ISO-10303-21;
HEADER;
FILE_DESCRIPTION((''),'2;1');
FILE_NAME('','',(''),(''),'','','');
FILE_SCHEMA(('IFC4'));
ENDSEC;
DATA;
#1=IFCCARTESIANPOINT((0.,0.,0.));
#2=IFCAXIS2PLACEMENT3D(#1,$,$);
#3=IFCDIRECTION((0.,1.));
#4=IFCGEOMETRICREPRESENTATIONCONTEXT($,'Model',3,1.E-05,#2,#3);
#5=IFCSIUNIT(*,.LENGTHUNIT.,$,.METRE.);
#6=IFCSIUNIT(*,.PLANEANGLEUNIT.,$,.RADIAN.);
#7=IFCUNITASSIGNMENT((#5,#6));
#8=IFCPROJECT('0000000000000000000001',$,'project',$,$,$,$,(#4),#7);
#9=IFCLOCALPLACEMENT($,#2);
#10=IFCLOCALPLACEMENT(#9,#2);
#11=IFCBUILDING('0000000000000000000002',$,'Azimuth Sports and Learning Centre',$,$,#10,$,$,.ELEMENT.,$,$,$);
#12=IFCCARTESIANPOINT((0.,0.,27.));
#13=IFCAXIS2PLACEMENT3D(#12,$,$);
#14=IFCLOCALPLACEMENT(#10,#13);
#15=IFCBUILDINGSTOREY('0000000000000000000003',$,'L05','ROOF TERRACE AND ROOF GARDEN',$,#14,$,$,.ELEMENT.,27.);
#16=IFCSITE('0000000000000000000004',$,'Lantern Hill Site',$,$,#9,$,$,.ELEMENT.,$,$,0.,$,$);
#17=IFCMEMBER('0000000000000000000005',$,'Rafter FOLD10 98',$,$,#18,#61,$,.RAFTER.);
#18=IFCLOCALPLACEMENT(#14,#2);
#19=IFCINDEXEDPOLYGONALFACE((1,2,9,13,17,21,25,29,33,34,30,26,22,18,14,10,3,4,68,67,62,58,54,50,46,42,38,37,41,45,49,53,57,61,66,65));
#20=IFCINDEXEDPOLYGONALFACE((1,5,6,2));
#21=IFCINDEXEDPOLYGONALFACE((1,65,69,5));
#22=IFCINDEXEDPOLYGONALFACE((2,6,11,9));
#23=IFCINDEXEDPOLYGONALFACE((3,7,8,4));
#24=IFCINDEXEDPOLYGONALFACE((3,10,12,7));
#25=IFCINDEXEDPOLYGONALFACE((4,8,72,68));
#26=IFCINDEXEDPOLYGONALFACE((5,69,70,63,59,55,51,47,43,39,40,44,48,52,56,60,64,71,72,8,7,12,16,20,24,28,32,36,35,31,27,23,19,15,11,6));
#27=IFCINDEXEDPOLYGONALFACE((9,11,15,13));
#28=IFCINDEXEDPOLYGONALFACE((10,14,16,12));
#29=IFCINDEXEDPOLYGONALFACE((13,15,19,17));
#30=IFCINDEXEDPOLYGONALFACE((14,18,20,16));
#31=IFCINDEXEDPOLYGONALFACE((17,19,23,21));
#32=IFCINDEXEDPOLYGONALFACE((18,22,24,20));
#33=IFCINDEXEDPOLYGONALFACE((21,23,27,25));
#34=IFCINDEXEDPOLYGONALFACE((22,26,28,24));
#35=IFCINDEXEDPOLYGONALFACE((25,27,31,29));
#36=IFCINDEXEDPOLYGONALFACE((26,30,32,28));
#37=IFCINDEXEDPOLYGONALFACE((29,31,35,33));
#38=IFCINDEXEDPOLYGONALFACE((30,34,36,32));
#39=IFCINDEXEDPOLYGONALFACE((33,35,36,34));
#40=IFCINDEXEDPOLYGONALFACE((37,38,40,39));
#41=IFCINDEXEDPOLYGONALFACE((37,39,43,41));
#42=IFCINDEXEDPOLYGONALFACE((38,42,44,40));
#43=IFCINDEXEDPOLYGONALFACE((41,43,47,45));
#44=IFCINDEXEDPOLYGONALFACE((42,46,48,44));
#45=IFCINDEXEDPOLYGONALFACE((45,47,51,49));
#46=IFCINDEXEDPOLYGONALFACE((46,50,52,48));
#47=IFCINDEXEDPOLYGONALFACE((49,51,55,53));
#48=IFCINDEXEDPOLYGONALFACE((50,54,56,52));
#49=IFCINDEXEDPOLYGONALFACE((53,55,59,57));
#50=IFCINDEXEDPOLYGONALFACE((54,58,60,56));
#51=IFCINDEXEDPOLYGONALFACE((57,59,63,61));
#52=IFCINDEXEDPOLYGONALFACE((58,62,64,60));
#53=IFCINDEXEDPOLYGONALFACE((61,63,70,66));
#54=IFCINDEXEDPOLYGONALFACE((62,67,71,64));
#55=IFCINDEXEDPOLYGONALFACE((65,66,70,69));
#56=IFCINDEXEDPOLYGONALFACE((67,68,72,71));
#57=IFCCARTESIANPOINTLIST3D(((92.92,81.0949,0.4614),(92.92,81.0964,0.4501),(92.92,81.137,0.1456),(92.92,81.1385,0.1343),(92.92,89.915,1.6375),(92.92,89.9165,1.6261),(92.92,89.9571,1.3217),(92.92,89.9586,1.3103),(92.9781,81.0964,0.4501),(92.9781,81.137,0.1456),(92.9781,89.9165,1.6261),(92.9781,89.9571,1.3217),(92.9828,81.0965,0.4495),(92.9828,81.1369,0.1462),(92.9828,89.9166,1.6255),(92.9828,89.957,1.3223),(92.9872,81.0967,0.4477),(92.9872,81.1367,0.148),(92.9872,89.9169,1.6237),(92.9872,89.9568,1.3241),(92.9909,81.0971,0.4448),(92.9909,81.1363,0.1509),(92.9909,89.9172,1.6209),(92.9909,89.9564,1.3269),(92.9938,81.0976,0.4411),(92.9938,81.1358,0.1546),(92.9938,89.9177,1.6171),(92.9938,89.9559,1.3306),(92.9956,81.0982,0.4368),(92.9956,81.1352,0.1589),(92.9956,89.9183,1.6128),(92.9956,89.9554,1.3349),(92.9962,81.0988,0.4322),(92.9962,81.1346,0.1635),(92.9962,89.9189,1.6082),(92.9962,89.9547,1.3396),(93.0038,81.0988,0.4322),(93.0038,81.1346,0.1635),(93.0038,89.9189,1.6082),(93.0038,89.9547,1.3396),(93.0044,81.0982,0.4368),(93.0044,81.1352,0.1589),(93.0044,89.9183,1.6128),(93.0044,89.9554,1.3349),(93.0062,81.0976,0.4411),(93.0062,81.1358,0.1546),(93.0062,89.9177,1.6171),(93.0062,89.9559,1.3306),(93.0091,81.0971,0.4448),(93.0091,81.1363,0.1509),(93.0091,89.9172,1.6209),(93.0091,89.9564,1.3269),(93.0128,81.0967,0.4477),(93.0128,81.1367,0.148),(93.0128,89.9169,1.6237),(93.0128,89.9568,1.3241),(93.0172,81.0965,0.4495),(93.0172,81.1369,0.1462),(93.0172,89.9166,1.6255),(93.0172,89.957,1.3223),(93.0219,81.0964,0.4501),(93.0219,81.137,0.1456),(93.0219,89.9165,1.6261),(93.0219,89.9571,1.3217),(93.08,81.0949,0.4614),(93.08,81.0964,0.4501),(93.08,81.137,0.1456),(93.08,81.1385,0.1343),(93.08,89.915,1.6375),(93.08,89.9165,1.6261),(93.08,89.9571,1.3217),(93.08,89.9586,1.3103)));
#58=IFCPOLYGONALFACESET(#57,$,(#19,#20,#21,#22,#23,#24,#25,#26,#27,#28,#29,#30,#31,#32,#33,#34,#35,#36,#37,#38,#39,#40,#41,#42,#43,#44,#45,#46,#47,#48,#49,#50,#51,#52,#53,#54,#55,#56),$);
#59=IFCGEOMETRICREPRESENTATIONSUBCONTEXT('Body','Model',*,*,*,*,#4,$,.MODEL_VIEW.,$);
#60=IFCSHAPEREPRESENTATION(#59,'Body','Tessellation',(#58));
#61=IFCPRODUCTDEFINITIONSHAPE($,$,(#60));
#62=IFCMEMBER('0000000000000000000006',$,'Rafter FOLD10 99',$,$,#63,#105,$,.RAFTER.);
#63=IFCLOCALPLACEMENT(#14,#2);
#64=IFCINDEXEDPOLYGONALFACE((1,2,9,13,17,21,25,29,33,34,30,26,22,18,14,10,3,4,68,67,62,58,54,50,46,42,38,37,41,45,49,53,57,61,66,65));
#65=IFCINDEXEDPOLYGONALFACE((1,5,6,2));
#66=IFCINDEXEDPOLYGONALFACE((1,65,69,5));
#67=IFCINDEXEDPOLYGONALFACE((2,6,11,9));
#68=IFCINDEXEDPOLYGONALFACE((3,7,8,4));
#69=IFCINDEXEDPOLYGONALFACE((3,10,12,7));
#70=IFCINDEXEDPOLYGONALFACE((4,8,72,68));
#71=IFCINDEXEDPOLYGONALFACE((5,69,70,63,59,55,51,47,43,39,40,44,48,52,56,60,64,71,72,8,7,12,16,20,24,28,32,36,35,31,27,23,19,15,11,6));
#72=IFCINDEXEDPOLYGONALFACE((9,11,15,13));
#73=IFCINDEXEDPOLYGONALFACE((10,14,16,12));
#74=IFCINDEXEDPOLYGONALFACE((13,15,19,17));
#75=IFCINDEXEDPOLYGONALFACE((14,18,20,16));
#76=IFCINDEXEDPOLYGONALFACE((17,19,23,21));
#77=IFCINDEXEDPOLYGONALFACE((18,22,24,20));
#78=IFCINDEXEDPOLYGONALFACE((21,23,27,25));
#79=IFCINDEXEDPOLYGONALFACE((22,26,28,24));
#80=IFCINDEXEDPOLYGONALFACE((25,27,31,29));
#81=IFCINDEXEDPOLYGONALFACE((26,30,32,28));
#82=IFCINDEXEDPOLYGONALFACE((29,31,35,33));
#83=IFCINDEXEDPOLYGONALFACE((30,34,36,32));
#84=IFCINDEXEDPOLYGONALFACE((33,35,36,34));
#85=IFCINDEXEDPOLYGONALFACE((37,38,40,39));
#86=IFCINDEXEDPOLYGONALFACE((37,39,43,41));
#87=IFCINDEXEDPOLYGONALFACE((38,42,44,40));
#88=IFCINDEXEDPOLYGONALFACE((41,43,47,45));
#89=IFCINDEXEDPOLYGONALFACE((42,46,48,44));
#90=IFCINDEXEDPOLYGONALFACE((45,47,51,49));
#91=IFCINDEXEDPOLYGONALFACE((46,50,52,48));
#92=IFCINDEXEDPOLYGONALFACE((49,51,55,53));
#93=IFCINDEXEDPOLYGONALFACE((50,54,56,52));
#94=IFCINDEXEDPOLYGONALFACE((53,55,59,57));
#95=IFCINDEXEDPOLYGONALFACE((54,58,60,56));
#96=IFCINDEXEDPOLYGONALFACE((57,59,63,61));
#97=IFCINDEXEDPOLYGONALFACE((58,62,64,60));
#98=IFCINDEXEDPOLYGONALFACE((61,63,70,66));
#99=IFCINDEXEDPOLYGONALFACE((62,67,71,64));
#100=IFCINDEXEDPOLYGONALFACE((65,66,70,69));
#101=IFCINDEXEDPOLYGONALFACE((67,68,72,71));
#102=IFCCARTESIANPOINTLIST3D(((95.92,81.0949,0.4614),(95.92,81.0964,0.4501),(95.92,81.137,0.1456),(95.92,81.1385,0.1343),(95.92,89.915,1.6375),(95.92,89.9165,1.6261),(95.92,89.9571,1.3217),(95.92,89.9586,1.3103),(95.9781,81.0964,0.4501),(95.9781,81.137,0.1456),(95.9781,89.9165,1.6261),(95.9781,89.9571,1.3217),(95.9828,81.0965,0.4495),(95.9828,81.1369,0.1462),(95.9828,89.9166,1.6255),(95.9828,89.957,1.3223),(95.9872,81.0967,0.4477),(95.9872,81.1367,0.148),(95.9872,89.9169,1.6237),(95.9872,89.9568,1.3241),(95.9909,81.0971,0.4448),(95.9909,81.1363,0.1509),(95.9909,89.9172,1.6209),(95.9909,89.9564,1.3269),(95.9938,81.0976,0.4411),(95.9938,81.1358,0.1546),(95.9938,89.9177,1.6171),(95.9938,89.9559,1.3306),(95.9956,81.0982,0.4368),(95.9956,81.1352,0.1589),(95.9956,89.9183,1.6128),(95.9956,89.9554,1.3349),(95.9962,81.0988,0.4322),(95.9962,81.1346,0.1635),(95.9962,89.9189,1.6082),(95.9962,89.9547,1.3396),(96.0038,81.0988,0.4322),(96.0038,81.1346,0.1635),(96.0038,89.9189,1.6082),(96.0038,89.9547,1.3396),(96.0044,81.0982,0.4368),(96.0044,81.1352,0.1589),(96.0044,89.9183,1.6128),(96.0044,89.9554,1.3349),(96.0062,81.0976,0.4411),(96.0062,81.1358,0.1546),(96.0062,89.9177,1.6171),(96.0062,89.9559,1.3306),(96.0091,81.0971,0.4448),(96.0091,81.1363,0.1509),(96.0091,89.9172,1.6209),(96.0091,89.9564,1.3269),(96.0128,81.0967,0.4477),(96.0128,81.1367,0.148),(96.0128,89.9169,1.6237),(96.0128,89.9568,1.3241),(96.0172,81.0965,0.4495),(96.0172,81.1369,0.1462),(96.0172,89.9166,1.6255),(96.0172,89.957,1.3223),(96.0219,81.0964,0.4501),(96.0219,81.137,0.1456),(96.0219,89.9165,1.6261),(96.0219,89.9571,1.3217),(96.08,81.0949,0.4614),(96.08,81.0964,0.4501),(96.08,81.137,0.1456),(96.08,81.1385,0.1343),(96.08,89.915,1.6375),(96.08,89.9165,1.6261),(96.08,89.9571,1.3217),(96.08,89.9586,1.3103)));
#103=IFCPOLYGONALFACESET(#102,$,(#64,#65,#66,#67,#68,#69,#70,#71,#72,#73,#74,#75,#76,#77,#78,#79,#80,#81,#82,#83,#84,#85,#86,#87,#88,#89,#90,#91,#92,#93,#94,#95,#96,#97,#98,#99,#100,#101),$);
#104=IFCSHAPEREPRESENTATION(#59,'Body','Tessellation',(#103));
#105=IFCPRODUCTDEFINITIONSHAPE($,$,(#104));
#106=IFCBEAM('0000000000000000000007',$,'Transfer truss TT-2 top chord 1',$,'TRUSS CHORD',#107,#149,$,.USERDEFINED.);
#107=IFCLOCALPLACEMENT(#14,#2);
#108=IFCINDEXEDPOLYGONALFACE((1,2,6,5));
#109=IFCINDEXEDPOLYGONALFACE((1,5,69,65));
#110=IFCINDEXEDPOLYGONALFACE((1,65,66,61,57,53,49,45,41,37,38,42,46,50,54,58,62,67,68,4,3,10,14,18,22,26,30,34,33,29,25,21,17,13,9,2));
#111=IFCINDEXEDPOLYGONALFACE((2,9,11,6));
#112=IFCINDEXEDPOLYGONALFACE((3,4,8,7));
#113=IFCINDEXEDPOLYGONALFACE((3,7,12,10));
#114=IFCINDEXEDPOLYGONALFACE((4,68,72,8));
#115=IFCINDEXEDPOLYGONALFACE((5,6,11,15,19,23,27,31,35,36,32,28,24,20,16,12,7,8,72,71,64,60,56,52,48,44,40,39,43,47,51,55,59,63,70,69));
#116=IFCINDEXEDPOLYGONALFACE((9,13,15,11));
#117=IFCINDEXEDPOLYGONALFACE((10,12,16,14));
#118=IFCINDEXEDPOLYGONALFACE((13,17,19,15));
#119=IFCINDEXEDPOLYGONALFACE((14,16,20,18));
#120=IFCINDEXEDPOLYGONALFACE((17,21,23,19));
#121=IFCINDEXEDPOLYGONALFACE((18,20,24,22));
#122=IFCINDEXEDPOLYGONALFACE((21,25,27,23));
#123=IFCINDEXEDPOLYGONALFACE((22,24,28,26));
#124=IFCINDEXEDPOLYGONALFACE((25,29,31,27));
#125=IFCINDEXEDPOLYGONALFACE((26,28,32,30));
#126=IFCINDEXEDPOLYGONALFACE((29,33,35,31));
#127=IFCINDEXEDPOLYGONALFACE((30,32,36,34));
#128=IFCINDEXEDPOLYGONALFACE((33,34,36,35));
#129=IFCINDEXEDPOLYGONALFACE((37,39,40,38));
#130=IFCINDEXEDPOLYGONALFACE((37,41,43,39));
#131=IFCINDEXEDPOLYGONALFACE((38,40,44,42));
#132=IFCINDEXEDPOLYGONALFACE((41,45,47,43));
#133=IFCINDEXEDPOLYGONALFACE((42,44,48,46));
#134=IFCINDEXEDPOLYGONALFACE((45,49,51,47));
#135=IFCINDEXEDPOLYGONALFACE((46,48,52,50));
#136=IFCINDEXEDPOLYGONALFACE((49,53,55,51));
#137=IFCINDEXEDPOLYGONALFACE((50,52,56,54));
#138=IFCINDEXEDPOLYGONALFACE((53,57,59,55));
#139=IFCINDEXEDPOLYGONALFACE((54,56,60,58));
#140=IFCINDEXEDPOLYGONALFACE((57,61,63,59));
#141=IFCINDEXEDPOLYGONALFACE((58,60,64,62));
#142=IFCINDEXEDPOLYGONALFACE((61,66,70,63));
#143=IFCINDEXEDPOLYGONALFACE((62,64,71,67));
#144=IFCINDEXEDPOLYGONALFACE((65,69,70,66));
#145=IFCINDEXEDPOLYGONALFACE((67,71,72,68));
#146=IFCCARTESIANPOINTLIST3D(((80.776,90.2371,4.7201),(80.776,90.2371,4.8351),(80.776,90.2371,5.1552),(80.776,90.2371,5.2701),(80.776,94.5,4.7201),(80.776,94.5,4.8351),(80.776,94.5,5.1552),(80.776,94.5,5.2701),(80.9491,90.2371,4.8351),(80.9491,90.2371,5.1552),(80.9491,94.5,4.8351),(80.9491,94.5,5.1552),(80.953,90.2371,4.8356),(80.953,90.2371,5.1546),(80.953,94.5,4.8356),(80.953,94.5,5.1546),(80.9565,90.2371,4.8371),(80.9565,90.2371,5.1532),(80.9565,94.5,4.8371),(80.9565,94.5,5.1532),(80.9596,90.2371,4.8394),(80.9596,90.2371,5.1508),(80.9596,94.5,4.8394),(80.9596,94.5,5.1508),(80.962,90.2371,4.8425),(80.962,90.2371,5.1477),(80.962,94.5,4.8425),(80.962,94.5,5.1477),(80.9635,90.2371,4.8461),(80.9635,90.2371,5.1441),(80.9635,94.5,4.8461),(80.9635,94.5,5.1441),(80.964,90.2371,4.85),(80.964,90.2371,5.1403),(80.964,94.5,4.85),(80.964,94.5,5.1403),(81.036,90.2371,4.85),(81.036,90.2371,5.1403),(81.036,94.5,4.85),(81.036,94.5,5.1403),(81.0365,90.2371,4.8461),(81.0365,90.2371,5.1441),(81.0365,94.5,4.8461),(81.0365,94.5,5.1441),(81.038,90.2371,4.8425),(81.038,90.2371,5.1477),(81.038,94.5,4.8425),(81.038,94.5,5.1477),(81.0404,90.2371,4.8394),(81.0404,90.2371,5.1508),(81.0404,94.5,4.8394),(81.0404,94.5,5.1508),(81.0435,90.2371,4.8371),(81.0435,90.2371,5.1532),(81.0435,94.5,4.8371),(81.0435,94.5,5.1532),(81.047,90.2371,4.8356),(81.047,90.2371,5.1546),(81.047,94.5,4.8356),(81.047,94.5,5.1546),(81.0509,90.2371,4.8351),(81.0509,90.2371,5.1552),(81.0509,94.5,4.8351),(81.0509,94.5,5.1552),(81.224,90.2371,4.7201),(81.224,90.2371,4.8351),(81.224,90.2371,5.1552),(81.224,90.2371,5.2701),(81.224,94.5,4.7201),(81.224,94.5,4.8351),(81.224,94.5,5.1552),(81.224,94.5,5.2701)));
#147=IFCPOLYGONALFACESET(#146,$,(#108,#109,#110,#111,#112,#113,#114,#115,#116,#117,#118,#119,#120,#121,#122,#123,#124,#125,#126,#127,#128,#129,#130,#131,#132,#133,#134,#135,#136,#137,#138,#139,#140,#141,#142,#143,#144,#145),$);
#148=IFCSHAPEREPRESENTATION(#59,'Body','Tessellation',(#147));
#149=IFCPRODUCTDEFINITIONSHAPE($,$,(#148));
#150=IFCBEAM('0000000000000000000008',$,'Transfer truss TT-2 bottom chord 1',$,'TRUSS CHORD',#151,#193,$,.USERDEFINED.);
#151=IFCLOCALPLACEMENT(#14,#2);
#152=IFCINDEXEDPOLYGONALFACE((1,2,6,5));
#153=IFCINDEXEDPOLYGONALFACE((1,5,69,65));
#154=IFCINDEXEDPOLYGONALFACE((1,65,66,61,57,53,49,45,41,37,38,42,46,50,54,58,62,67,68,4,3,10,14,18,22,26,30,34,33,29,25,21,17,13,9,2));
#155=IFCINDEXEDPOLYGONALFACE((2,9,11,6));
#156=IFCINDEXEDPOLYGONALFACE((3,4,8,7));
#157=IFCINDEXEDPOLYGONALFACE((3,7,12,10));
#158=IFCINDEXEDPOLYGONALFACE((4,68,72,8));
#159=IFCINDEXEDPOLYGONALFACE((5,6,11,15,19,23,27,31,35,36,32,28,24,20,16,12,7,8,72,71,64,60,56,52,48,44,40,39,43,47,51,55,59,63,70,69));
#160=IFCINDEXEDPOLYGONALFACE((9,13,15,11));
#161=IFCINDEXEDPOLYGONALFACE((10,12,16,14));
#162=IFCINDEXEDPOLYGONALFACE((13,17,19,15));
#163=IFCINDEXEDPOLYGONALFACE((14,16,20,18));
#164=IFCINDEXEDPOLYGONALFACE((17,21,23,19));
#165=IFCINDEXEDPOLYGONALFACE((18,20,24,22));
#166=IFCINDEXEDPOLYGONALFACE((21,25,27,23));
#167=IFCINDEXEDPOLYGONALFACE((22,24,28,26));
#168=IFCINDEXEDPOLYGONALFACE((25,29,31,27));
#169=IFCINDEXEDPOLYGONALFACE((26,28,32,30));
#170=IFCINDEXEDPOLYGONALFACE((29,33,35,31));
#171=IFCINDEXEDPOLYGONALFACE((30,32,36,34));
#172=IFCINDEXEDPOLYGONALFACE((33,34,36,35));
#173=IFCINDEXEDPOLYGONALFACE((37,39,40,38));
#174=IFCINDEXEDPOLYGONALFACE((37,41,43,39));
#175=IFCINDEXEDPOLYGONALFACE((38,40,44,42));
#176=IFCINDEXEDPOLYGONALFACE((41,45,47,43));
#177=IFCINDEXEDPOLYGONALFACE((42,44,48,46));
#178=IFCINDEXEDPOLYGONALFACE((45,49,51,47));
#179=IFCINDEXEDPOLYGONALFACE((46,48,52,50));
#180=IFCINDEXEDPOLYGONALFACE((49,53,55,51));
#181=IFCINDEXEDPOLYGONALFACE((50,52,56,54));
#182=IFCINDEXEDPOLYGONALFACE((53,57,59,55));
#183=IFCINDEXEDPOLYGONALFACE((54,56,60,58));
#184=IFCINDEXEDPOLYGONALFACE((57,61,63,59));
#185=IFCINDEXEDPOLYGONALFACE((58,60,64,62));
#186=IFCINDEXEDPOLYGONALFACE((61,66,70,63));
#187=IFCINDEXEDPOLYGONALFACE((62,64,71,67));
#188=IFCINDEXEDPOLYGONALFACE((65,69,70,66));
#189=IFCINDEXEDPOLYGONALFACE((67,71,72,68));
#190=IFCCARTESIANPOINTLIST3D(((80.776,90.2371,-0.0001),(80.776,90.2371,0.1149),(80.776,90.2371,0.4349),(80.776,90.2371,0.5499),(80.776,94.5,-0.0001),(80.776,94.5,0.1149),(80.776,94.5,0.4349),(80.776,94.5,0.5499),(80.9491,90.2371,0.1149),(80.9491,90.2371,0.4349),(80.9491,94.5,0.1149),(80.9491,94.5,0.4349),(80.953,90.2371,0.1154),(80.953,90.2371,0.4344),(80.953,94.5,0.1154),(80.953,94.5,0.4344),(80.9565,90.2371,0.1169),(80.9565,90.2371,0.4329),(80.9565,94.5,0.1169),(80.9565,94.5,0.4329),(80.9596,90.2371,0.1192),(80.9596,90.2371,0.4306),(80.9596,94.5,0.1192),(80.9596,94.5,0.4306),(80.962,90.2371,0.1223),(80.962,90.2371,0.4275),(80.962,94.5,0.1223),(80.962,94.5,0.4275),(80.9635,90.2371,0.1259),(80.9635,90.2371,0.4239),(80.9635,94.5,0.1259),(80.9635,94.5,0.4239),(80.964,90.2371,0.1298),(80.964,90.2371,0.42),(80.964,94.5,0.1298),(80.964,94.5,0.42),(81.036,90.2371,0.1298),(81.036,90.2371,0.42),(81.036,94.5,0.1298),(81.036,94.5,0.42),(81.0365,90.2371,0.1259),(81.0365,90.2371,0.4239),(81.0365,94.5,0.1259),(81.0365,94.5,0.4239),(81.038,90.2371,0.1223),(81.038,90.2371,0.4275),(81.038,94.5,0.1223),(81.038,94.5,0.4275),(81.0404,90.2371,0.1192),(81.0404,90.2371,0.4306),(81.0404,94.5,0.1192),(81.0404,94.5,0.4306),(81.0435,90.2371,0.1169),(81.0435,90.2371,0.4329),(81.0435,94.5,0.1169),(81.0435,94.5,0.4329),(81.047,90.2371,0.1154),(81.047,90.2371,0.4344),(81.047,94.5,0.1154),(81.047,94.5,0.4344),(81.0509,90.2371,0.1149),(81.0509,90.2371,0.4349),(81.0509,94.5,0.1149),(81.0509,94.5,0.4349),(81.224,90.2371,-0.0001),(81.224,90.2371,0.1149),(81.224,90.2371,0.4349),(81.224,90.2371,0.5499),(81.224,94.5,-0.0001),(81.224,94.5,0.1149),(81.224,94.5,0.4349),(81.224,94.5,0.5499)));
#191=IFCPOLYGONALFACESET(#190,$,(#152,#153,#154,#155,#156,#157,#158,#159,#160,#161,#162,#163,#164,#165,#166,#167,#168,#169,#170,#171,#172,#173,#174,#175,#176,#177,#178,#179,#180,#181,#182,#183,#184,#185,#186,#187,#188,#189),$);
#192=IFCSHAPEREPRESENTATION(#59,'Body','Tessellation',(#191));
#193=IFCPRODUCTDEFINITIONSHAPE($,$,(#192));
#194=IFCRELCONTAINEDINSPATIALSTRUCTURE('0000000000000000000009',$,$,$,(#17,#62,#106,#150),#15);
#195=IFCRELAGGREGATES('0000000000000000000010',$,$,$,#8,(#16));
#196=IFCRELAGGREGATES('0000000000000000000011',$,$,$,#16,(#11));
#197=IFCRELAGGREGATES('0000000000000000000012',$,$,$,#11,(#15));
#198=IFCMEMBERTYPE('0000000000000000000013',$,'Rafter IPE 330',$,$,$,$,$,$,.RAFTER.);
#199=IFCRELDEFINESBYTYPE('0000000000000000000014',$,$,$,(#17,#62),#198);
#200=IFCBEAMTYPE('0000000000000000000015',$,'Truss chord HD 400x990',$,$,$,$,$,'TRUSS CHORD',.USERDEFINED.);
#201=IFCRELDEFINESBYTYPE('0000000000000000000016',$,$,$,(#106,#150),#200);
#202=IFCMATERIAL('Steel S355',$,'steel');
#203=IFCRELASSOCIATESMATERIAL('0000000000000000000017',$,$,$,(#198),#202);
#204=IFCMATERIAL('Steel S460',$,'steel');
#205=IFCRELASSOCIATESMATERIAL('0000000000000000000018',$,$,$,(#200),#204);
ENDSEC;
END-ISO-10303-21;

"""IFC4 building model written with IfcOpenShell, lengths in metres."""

from ifc_helpers import new_model, si_unit, direction, frame, origin, origin_2d, place, context, subcontext, project, spatial, i_section, extrude, material, material_profile, profile_set, type_object, element, save


model = new_model("IFC4")

# Units and contexts
model_context = context("Model", 3, precision=1e-05, world=origin(), true_north=direction((0.0, 1.0)))
body_context = subcontext(model_context, "Body", "Model", "MODEL_VIEW")
ifc_project = project(units=[si_unit("LENGTHUNIT", "METRE"), si_unit("PLANEANGLEUNIT", "RADIAN")], contexts=[model_context])

# Site, building, storey
site_placement = place(None, origin())
site = spatial("IfcSite", under=ifc_project, at=site_placement, Name="Lantern Hill Site", CompositionType="ELEMENT", RefElevation=0.0)
building_placement = place(site_placement, origin())
building = spatial("IfcBuilding", under=site, at=building_placement, Name="Azimuth Sports and Learning Centre", CompositionType="ELEMENT")
storey_placement = place(building_placement, frame((0.0, 0.0, 27.0)))
storey = spatial("IfcBuildingStorey", under=building, at=storey_placement, Name="L05", Description="ROOF TERRACE AND ROOF GARDEN", CompositionType="ELEMENT", Elevation=27.0)

# Members
ifc_material_1 = material(Name="Steel S355", Category="steel")
ifc_material_profile_1 = material_profile(ifc_material_1, i_section(OverallWidth=0.1599, OverallDepth=0.3301, WebThickness=0.0076, FlangeThickness=0.0115, FilletRadius=0.0181, at=origin_2d()), Name="IPE 330")
ifc_profile_set_1 = profile_set([ifc_material_profile_1], Name="Steel S355")
member_type_1 = type_object("IfcMemberType", Name="Rafter IPE 330", PredefinedType="RAFTER", material=ifc_profile_set_1)
for number, where, z_axis, x_axis, name in (
    (1, (93.0, 81.1167, 0.2979), (0.0, 0.991228, 0.132166), (-1.0, 0.0, 0.0), "Rafter FOLD10 98"),
    (2, (96.0, 81.1167, 0.2979), (0.0, 0.991228, 0.132166), (-1.0, 0.0, 0.0), "Rafter FOLD10 99"),
):
    element("IfcMember", number, at=place(storey_placement, frame(where, z_axis=z_axis, x_axis=x_axis)), inside=storey, type_object=member_type_1, Name=name, PredefinedType="RAFTER", context=body_context, shape_type="SweptSolid", body=[
        extrude(i_section(OverallWidth=0.1599, OverallDepth=0.3301, WebThickness=0.0076, FlangeThickness=0.0115, FilletRadius=0.0181, at=origin_2d()), origin(), (0.0, 0.0, 1.0), 8.8982),
    ])

# Beams
ifc_material_2 = material(Name="Steel S460", Category="steel")
ifc_material_profile_2 = material_profile(ifc_material_2, i_section(OverallWidth=0.448, OverallDepth=0.55, WebThickness=0.072, FlangeThickness=0.115, FilletRadius=0.0149, at=origin_2d()), Name="HD 400x990")
ifc_profile_set_2 = profile_set([ifc_material_profile_2], Name="Steel S460")
beam_type_1 = type_object("IfcBeamType", Name="Truss chord HD 400x990", ElementType="TRUSS CHORD", PredefinedType="USERDEFINED", material=ifc_profile_set_2)
for number, where, z_axis, x_axis, name in (
    (3, (81.0, 90.2371, 4.9951), (0.0, 1.0, 0.0), (-1.0, 0.0, 0.0), "Transfer truss TT-2 top chord 1"),
    (4, (81.0, 90.2371, 0.2749), (0.0, 1.0, 0.0), (-1.0, 0.0, 0.0), "Transfer truss TT-2 bottom chord 1"),
):
    element("IfcBeam", number, at=place(storey_placement, frame(where, z_axis=z_axis, x_axis=x_axis)), inside=storey, type_object=beam_type_1, Name=name, ObjectType="TRUSS CHORD", PredefinedType="USERDEFINED", context=body_context, shape_type="SweptSolid", body=[
        extrude(i_section(OverallWidth=0.448, OverallDepth=0.55, WebThickness=0.072, FlangeThickness=0.115, FilletRadius=0.0149, at=origin_2d()), origin(), (0.0, 0.0, 1.0), 4.2629),
    ])

save(model, "model.ifc")
